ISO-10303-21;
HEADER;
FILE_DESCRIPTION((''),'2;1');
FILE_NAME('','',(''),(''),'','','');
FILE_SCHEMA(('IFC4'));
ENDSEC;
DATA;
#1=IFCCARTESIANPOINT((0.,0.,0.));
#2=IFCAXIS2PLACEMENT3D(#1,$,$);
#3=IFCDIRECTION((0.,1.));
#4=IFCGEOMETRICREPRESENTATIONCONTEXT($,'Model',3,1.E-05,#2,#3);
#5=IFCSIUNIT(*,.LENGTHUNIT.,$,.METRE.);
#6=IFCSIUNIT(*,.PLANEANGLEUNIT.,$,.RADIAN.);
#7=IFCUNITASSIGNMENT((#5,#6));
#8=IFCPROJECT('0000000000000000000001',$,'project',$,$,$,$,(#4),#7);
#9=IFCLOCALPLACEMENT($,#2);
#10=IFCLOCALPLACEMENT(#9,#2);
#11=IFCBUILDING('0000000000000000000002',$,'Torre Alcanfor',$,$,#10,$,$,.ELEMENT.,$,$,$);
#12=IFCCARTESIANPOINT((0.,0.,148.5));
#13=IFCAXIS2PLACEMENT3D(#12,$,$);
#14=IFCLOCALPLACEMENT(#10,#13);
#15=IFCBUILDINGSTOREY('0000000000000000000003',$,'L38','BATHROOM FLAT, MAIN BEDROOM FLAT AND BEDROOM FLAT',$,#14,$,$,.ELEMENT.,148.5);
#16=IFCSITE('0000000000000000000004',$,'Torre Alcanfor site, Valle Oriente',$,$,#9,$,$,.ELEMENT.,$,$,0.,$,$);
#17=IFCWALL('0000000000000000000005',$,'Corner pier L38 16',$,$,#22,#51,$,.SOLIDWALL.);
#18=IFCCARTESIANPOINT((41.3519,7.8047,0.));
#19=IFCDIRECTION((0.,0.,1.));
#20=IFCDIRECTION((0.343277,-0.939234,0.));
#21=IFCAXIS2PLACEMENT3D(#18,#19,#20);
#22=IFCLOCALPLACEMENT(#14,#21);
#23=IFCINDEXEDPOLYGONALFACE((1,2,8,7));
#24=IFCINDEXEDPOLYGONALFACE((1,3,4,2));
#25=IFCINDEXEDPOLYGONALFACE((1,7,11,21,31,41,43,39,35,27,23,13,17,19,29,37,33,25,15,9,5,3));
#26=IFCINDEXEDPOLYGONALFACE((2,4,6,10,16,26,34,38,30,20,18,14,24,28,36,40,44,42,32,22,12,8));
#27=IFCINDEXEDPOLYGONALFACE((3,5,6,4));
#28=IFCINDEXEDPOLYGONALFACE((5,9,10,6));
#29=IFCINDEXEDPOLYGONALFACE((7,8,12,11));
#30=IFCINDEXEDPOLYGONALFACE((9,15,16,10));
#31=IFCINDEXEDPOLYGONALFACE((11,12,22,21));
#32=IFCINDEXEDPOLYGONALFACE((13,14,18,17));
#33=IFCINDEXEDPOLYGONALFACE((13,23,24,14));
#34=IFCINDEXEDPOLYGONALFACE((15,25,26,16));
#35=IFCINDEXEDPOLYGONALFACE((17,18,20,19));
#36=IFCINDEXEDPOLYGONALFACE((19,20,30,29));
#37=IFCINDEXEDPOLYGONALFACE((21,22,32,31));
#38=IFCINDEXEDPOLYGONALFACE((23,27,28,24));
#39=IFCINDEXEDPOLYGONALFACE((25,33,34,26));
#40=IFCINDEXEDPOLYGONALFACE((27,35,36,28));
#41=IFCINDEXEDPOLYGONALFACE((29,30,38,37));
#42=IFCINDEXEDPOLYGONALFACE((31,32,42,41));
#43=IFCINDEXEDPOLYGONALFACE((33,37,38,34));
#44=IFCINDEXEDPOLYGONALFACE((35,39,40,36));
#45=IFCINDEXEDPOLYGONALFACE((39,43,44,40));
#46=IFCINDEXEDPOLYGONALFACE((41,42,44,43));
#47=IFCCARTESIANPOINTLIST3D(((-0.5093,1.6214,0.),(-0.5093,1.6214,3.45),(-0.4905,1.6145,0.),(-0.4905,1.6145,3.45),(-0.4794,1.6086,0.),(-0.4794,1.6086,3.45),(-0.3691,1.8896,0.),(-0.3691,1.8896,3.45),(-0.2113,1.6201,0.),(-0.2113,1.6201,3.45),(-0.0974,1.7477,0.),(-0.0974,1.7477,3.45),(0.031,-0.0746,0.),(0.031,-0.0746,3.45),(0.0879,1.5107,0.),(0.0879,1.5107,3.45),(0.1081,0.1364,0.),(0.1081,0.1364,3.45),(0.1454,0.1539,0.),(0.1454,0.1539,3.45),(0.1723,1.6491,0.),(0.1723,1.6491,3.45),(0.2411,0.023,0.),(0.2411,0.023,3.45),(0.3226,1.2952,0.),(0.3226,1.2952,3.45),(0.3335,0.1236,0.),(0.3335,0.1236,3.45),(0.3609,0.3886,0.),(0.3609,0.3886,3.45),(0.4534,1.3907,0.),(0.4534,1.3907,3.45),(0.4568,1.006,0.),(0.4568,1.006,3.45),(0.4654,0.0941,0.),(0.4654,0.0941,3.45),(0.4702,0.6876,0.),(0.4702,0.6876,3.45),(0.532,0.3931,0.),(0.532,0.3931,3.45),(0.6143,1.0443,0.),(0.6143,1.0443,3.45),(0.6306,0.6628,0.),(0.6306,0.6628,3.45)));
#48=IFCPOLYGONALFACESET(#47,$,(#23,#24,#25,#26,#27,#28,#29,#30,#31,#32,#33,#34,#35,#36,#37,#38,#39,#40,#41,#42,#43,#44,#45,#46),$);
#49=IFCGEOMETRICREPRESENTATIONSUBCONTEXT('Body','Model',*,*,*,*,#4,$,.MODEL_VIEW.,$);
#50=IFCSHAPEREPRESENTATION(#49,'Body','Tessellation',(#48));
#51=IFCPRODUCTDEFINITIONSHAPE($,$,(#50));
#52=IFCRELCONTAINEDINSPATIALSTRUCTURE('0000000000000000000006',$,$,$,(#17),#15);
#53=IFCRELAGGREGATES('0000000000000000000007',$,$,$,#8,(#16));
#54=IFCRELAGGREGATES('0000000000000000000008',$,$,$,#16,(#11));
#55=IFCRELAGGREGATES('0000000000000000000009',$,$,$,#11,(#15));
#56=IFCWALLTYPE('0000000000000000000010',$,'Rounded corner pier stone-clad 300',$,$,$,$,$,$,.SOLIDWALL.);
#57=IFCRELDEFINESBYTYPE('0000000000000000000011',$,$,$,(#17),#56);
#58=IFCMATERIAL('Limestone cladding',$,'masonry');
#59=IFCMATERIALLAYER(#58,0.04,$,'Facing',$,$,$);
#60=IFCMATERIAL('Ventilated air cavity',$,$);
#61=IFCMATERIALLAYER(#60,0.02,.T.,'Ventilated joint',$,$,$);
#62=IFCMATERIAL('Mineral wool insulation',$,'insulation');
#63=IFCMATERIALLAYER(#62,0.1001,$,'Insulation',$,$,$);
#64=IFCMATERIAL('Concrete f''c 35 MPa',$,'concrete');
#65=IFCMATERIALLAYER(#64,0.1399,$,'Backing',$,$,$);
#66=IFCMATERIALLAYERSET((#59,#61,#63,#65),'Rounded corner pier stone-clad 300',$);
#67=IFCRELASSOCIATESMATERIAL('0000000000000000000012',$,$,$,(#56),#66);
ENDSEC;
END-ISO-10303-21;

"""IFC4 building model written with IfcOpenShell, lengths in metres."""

from ifc_helpers import new_model, si_unit, direction, frame, origin, place, context, subcontext, project, spatial, polyline, outline, extrude, material, layer, layer_set, type_object, element, save


model = new_model("IFC4")

# Units and contexts
model_context = context("Model", 3, precision=1e-05, world=origin(), true_north=direction((0.0, 1.0)))
body_context = subcontext(model_context, "Body", "Model", "MODEL_VIEW")
ifc_project = project(units=[si_unit("LENGTHUNIT", "METRE"), si_unit("PLANEANGLEUNIT", "RADIAN")], contexts=[model_context])

# Site, building, storey
site_placement = place(None, origin())
site = spatial("IfcSite", under=ifc_project, at=site_placement, Name="Torre Alcanfor site, Valle Oriente", CompositionType="ELEMENT", RefElevation=0.0)
building_placement = place(site_placement, origin())
building = spatial("IfcBuilding", under=site, at=building_placement, Name="Torre Alcanfor", CompositionType="ELEMENT")
storey_placement = place(building_placement, frame((0.0, 0.0, 148.5)))
storey = spatial("IfcBuildingStorey", under=building, at=storey_placement, Name="L38", Description="BATHROOM FLAT, MAIN BEDROOM FLAT AND BEDROOM FLAT", CompositionType="ELEMENT", Elevation=148.5)

# Wall
ifc_material_1 = material(Name="Limestone cladding", Category="masonry")
ifc_layer_1 = layer(ifc_material_1, 0.04, Name="Facing")
ifc_material_2 = material(Name="Ventilated air cavity")
ifc_layer_2 = layer(ifc_material_2, 0.02, ventilated=True, Name="Ventilated joint")
ifc_material_3 = material(Name="Mineral wool insulation", Category="insulation")
ifc_layer_3 = layer(ifc_material_3, 0.1001, Name="Insulation")
ifc_material_4 = material(Name="Concrete f'c 35 MPa", Category="concrete")
ifc_layer_4 = layer(ifc_material_4, 0.1399, Name="Backing")
ifc_layer_set_1 = layer_set([ifc_layer_1, ifc_layer_2, ifc_layer_3, ifc_layer_4], Name="Rounded corner pier stone-clad 300")
wall_type_1 = type_object("IfcWallType", Name="Rounded corner pier stone-clad 300", PredefinedType="SOLIDWALL", material=ifc_layer_set_1)
wall_1_placement = place(storey_placement, frame((41.3519, 7.8047, 0.0), z_axis=(0.0, 0.0, 1.0), x_axis=(0.343277, -0.939234, 0.0)))
element("IfcWall", 1, at=wall_1_placement, inside=storey, type_object=wall_type_1, Name="Corner pier L38 16", PredefinedType="SOLIDWALL", context=body_context, shape_type="SweptSolid", body=[
    extrude(outline(polyline([(-0.3691, 1.8896), (-0.5093, 1.6214), (-0.4905, 1.6145), (-0.4794, 1.6086), (-0.2113, 1.6201), (0.0879, 1.5107), (0.3226, 1.2952), (0.4568, 1.006), (0.4702, 0.6876), (0.3609, 0.3886), (0.1454, 0.1539), (0.1081, 0.1364), (0.031, -0.0746), (0.2411, 0.023), (0.3335, 0.1236), (0.4654, 0.0941), (0.532, 0.3931), (0.6306, 0.6628), (0.6143, 1.0443), (0.4534, 1.3907), (0.1723, 1.6491), (-0.0974, 1.7477), (-0.3691, 1.8896)])), origin(), (0.0, 0.0, 1.0), 3.45),
])

save(model, "model.ifc")
